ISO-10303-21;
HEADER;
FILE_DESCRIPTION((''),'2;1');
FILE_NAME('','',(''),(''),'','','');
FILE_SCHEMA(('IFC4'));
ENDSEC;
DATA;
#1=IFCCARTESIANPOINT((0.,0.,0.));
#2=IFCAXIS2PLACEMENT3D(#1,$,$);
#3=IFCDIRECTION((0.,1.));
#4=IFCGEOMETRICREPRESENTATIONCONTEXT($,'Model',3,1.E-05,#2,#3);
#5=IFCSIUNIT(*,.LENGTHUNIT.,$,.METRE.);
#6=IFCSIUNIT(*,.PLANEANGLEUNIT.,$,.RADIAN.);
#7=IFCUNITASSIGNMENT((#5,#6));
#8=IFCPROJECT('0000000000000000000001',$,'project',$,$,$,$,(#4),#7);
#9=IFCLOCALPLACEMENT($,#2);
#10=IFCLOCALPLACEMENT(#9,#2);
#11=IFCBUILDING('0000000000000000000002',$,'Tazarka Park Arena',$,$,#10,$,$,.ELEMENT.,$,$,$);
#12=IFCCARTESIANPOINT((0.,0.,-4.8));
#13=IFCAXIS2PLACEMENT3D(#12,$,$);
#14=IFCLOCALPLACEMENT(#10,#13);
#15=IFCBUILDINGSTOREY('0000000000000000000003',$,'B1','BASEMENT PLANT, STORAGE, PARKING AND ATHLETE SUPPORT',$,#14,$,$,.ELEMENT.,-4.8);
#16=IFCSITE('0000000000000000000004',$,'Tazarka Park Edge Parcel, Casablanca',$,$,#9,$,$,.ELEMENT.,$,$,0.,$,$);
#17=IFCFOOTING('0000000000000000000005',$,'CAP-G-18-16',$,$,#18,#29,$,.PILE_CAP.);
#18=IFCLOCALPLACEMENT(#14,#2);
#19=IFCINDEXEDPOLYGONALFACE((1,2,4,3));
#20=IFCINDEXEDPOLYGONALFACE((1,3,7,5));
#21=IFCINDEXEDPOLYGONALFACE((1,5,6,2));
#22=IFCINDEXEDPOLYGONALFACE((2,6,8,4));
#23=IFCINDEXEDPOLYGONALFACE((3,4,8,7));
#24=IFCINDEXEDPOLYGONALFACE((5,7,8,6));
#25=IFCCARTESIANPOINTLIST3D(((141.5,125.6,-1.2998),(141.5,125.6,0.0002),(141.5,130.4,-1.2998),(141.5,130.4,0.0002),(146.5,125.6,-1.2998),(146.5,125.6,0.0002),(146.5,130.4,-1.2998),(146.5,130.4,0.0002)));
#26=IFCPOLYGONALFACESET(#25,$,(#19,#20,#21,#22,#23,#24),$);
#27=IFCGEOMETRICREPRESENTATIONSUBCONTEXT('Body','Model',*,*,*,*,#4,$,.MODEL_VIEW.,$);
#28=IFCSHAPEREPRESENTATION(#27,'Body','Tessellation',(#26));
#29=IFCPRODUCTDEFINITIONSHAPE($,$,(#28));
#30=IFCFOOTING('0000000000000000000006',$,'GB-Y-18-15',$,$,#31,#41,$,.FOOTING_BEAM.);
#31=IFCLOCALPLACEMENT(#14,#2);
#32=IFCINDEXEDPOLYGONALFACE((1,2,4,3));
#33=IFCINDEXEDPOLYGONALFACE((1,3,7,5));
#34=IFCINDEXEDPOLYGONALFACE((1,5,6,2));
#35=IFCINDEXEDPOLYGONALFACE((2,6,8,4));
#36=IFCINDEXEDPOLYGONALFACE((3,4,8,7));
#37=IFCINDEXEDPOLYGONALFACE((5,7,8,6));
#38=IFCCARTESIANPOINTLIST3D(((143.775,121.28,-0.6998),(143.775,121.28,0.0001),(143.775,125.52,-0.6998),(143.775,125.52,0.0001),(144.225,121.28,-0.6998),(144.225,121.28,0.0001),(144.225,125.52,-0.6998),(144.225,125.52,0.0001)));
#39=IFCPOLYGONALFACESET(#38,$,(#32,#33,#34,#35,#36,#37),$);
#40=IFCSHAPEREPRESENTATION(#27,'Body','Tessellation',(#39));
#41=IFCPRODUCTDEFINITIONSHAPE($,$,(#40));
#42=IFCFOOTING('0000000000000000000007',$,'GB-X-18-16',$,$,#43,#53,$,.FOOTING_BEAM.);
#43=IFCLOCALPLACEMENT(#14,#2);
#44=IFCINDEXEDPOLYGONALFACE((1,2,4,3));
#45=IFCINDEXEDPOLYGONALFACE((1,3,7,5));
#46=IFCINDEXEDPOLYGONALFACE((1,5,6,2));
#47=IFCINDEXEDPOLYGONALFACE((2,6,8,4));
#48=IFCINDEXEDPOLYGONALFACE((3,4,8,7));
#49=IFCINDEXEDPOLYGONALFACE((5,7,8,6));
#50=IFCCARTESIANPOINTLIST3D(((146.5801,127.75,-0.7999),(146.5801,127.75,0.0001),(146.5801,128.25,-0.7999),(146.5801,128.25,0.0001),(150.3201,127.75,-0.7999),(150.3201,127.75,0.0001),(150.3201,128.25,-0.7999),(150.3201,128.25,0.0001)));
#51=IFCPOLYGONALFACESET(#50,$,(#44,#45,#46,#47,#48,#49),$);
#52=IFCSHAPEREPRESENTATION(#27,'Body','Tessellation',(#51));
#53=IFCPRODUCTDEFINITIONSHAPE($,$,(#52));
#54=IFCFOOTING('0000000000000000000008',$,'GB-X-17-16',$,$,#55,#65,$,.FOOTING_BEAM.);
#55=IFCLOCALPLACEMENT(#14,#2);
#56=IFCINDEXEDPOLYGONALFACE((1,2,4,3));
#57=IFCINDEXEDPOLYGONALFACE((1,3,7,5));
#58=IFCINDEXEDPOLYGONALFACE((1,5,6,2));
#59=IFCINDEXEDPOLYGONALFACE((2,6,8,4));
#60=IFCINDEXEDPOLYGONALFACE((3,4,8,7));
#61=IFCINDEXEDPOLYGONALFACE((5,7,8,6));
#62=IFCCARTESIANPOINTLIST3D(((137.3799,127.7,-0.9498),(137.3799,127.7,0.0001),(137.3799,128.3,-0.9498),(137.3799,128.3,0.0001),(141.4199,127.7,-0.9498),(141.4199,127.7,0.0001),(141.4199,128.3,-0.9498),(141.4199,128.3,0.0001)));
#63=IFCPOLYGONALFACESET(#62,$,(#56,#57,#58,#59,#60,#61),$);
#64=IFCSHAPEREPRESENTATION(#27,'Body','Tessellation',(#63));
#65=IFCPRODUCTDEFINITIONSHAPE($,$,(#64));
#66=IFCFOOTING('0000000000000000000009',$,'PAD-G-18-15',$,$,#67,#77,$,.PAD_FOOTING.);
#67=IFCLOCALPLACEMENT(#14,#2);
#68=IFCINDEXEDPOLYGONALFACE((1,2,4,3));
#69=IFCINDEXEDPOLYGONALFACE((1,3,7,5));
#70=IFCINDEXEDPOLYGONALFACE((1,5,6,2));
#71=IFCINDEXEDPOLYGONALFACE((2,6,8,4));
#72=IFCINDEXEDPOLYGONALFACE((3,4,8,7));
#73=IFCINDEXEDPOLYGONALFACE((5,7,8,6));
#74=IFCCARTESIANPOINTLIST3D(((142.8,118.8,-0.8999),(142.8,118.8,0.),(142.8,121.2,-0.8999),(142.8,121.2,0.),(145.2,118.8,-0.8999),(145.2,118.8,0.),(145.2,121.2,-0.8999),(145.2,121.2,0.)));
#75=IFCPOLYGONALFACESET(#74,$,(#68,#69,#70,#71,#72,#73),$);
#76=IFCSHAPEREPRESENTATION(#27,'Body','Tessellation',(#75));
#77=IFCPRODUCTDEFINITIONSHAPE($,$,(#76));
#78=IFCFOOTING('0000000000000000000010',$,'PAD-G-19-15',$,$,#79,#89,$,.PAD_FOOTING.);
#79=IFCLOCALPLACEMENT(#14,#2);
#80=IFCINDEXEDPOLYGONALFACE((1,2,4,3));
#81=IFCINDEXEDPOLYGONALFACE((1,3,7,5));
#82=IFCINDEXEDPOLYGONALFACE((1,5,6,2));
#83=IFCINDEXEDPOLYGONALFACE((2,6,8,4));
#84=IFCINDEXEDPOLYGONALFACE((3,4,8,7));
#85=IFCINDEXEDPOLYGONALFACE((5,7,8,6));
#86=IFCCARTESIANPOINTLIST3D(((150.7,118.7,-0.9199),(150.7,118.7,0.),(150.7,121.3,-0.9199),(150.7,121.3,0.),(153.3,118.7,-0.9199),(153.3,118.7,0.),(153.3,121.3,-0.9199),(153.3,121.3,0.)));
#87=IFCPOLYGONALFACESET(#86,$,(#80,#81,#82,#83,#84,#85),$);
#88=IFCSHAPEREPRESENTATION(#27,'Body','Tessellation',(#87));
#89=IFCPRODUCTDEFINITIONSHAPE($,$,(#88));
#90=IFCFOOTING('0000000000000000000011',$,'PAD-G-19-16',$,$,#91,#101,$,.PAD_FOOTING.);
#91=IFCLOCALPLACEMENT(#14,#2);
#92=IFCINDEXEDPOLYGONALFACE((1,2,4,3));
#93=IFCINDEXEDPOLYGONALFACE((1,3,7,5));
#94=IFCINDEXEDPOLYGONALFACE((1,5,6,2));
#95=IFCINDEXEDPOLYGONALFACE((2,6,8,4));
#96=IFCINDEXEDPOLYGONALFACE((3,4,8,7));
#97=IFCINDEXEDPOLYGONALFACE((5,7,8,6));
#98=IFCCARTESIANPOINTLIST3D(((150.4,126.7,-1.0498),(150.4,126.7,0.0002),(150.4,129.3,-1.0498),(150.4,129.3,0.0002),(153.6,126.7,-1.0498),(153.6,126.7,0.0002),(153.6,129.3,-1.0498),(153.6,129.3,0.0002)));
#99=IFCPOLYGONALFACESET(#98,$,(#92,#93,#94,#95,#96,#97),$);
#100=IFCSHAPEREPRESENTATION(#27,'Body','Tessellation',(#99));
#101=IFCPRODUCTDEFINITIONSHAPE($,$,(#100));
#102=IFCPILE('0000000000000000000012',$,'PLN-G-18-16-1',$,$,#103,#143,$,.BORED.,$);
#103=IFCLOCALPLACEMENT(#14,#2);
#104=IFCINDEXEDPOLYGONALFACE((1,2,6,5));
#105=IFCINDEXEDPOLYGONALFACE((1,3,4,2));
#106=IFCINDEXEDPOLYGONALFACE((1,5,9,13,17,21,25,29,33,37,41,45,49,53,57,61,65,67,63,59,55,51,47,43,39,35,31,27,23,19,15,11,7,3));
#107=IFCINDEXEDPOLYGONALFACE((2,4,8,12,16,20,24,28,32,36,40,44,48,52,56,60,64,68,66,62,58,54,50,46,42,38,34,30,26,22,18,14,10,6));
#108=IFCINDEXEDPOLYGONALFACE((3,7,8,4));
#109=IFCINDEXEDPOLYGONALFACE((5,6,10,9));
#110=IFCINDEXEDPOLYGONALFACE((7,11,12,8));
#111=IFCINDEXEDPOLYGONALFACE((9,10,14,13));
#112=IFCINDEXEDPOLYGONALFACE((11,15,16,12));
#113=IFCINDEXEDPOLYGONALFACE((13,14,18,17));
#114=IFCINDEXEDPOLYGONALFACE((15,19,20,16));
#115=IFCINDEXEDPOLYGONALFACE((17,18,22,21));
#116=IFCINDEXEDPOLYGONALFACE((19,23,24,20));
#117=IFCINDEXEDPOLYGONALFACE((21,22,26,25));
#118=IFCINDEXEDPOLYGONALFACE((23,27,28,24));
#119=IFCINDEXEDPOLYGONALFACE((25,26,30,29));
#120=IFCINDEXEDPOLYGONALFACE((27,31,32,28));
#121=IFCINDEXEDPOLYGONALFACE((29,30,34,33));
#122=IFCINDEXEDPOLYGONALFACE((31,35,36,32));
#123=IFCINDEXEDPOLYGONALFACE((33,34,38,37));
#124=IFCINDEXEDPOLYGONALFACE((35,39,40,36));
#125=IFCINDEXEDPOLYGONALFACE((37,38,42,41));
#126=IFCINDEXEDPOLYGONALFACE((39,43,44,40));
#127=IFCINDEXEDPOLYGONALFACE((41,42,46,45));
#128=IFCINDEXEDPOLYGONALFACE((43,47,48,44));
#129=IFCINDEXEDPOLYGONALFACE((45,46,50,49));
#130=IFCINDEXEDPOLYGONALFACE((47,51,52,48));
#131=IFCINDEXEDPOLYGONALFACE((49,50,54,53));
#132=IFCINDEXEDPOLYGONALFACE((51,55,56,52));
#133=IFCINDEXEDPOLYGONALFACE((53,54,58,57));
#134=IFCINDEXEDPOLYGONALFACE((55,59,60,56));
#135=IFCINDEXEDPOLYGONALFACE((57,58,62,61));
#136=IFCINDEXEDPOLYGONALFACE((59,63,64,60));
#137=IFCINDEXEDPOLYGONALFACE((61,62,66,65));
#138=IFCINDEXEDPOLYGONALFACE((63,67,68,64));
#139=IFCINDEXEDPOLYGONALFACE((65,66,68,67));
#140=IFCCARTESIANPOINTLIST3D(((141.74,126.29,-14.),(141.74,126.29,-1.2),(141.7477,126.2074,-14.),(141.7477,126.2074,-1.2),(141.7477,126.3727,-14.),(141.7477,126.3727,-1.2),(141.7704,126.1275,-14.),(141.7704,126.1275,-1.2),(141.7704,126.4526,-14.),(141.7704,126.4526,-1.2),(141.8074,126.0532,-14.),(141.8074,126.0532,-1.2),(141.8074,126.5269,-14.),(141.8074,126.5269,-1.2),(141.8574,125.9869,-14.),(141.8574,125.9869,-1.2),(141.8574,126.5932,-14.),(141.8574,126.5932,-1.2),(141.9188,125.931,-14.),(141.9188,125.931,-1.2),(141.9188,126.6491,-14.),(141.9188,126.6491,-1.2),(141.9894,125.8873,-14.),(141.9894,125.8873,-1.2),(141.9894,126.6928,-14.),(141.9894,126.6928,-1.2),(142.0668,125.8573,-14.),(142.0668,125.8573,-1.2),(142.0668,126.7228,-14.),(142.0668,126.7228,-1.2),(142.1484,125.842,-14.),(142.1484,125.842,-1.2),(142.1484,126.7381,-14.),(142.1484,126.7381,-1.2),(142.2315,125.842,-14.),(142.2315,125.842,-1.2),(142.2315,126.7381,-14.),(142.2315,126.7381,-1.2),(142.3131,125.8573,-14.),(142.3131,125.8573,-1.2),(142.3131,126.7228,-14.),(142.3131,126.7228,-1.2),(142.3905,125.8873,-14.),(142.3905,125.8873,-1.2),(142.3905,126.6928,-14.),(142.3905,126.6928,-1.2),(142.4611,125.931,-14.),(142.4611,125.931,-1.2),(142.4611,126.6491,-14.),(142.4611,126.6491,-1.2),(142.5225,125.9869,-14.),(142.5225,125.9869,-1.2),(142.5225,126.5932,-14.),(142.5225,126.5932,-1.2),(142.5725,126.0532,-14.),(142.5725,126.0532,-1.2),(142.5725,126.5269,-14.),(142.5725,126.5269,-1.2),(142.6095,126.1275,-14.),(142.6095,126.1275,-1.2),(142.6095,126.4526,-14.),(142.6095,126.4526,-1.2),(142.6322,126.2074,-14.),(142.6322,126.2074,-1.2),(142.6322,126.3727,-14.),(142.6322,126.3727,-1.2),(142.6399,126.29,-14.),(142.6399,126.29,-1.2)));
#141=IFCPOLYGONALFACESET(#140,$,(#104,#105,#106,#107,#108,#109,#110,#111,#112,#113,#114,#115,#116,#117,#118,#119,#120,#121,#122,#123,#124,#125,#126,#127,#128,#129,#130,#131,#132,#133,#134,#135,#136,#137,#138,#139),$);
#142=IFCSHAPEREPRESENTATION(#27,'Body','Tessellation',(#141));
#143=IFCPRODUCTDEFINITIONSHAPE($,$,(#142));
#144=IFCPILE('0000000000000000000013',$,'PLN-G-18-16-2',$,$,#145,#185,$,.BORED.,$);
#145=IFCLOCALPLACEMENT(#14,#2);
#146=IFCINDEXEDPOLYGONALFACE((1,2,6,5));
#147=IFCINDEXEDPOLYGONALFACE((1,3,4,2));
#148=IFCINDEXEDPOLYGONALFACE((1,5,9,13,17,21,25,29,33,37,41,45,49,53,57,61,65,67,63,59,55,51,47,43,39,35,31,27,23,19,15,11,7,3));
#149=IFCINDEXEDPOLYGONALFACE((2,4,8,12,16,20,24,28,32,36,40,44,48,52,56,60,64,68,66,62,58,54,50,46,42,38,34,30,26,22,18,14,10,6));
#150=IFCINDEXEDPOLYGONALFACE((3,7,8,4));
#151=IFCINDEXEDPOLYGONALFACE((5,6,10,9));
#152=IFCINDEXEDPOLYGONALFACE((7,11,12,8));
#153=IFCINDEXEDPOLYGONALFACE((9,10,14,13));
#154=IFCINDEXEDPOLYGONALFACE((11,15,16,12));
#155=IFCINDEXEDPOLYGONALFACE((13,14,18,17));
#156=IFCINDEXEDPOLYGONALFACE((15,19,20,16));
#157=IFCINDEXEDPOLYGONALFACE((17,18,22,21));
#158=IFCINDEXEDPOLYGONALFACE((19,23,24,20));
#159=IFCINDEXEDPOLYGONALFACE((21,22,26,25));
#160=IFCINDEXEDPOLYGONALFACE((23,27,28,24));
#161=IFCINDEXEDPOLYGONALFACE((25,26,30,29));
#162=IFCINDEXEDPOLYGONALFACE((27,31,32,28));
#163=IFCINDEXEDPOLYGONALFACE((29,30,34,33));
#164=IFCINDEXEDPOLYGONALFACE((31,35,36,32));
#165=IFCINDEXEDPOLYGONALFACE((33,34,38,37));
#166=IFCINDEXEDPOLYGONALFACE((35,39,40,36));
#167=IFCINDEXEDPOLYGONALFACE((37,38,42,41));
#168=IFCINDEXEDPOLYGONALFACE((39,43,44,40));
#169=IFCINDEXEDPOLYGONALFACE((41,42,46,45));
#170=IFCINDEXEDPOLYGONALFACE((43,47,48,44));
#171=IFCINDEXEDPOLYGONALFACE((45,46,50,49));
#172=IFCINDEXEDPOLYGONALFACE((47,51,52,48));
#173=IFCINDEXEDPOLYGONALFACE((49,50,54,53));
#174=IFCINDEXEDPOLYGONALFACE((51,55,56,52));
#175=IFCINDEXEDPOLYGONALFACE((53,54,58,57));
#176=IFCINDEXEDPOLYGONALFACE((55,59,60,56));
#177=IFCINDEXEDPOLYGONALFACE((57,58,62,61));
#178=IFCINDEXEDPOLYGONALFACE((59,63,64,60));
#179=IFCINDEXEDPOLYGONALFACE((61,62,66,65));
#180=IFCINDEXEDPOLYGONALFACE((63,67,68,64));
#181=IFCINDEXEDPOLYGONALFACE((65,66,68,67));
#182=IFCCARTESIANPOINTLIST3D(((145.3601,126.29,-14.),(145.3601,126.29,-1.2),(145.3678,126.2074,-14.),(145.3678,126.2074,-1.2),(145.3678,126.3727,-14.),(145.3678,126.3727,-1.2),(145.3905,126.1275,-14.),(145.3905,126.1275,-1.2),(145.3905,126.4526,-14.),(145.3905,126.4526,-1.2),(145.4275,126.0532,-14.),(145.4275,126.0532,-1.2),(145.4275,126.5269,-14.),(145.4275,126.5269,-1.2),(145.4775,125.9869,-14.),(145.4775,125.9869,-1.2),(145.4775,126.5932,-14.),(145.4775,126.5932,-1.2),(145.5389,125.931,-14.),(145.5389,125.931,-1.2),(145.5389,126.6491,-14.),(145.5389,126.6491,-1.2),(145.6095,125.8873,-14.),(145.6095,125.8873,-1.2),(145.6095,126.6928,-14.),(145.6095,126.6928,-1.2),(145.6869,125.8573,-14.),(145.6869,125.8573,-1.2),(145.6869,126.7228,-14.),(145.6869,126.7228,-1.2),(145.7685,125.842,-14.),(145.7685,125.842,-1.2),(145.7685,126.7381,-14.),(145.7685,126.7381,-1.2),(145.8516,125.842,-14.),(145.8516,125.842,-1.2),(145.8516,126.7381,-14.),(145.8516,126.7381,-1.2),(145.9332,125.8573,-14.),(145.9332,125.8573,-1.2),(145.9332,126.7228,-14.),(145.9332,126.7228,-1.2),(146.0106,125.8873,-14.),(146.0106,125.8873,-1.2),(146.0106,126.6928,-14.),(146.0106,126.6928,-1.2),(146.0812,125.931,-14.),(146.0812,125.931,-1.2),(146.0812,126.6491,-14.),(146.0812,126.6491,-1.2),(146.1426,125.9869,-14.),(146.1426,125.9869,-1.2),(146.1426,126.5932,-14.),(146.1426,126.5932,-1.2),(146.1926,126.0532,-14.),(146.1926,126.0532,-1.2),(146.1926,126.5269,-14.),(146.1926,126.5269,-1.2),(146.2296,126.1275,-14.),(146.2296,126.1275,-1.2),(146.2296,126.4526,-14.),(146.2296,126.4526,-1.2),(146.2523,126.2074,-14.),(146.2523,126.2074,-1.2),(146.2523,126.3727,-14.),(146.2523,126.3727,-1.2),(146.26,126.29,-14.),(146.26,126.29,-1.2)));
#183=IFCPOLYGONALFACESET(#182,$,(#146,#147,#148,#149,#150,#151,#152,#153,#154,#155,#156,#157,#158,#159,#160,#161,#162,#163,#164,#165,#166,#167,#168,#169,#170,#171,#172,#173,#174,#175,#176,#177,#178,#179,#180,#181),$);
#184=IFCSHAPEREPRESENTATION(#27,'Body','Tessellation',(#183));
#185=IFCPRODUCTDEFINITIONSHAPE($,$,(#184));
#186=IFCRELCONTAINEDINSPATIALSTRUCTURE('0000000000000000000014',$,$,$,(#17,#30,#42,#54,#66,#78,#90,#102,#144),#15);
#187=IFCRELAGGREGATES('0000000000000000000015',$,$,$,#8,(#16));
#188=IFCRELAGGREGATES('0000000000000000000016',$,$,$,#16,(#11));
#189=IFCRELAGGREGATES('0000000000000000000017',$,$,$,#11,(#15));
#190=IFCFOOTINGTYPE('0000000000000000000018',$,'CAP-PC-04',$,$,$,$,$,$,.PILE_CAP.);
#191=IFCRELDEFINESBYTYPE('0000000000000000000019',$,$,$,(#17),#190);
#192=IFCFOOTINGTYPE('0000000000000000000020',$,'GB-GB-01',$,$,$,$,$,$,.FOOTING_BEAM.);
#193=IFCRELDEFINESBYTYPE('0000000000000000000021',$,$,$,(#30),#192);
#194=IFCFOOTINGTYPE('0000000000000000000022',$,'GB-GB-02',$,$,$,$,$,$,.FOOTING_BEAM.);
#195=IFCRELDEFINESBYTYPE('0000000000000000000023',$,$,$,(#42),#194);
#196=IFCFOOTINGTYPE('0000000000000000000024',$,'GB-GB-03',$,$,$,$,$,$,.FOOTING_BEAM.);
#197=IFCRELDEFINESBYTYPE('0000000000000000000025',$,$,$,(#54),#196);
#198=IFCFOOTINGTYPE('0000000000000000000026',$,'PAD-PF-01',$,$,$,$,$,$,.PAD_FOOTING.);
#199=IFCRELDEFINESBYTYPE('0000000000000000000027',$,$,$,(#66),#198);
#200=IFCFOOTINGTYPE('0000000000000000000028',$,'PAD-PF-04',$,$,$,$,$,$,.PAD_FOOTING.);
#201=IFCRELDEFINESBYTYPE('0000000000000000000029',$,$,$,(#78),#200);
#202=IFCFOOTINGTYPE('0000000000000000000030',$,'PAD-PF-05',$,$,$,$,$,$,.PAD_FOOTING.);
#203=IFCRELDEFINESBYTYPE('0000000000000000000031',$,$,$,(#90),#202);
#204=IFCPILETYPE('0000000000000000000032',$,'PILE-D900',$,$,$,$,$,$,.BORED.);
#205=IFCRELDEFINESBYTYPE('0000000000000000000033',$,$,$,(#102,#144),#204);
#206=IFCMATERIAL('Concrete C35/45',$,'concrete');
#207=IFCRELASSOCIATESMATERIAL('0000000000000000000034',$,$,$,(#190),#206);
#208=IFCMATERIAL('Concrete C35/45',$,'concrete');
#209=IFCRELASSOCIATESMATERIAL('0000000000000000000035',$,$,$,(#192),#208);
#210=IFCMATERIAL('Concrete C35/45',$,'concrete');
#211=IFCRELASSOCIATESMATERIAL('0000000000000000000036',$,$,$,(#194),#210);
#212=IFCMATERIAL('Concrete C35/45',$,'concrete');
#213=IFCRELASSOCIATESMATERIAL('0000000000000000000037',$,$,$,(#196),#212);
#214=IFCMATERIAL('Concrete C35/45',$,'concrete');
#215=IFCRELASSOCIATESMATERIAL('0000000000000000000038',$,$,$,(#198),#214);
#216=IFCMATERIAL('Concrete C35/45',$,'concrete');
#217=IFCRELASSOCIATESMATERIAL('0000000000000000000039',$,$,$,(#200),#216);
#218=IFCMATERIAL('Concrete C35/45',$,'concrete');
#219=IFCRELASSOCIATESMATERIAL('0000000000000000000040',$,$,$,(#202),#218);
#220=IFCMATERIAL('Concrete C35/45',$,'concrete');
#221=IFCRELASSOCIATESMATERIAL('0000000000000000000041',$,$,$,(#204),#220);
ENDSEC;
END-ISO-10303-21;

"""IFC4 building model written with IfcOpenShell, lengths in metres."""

from ifc_helpers import new_model, si_unit, direction, frame, origin, origin_2d, place, context, subcontext, project, spatial, rectangle, circle, extrude, material, material_profile, profile_set, type_object, element, save


model = new_model("IFC4")

# Units and contexts
model_context = context("Model", 3, precision=1e-05, world=origin(), true_north=direction((0.0, 1.0)))
body_context = subcontext(model_context, "Body", "Model", "MODEL_VIEW")
ifc_project = project(units=[si_unit("LENGTHUNIT", "METRE"), si_unit("PLANEANGLEUNIT", "RADIAN")], contexts=[model_context])

# Site, building, storey
site_placement = place(None, origin())
site = spatial("IfcSite", under=ifc_project, at=site_placement, Name="Tazarka Park Edge Parcel, Casablanca", CompositionType="ELEMENT", RefElevation=0.0)
building_placement = place(site_placement, origin())
building = spatial("IfcBuilding", under=site, at=building_placement, Name="Tazarka Park Arena", CompositionType="ELEMENT")
storey_placement = place(building_placement, frame((0.0, 0.0, -4.8)))
storey = spatial("IfcBuildingStorey", under=building, at=storey_placement, Name="B1", Description="BASEMENT PLANT, STORAGE, PARKING AND ATHLETE SUPPORT", CompositionType="ELEMENT", Elevation=-4.8)

# Footings
ifc_material_1 = material(Name="Concrete C35/45", Category="concrete")
footing_type_1 = type_object("IfcFootingType", Name="CAP-PC-04", PredefinedType="PILE_CAP", material=ifc_material_1)
footing_1_placement = place(storey_placement, frame((144.0, 128.0, -1.2998), z_axis=(0.0, 0.0, 1.0), x_axis=(1.0, 0.0, 0.0)))
element("IfcFooting", 1, at=footing_1_placement, inside=storey, type_object=footing_type_1, Name="CAP-G-18-16", PredefinedType="PILE_CAP", context=body_context, shape_type="SweptSolid", body=[
    extrude(rectangle(XDim=5.0, YDim=4.8, at=origin_2d()), origin(), (0.0, 0.0, 1.0), 1.3),
])
ifc_material_2 = material(Name="Concrete C35/45", Category="concrete")
ifc_material_profile_1 = material_profile(ifc_material_2, rectangle(XDim=0.45, YDim=0.7, at=origin_2d()), Name="Concrete C35/45")
ifc_profile_set_1 = profile_set([ifc_material_profile_1], Name="Concrete C35/45")
footing_type_2 = type_object("IfcFootingType", Name="GB-GB-01", PredefinedType="FOOTING_BEAM", material=ifc_profile_set_1)
footing_2_placement = place(storey_placement, frame((144.0, 121.28, -0.3499), z_axis=(0.0, 1.0, 0.0), x_axis=(-1.0, 0.0, 0.0)))
element("IfcFooting", 2, at=footing_2_placement, inside=storey, type_object=footing_type_2, Name="GB-Y-18-15", PredefinedType="FOOTING_BEAM", context=body_context, shape_type="SweptSolid", body=[
    extrude(rectangle(XDim=0.45, YDim=0.7, at=origin_2d()), origin(), (0.0, 0.0, 1.0), 4.24),
])
ifc_material_3 = material(Name="Concrete C35/45", Category="concrete")
ifc_material_profile_2 = material_profile(ifc_material_3, rectangle(XDim=0.5, YDim=0.8, at=origin_2d()), Name="Concrete C35/45")
ifc_profile_set_2 = profile_set([ifc_material_profile_2], Name="Concrete C35/45")
footing_type_3 = type_object("IfcFootingType", Name="GB-GB-02", PredefinedType="FOOTING_BEAM", material=ifc_profile_set_2)
footing_3_placement = place(storey_placement, frame((146.5801, 128.0, -0.3999), z_axis=(1.0, 0.0, 0.0), x_axis=(0.0, 1.0, 0.0)))
element("IfcFooting", 3, at=footing_3_placement, inside=storey, type_object=footing_type_3, Name="GB-X-18-16", PredefinedType="FOOTING_BEAM", context=body_context, shape_type="SweptSolid", body=[
    extrude(rectangle(XDim=0.5, YDim=0.8, at=origin_2d()), origin(), (0.0, 0.0, 1.0), 3.74),
])
ifc_material_4 = material(Name="Concrete C35/45", Category="concrete")
ifc_material_profile_3 = material_profile(ifc_material_4, rectangle(XDim=0.6001, YDim=0.95, at=origin_2d()), Name="Concrete C35/45")
ifc_profile_set_3 = profile_set([ifc_material_profile_3], Name="Concrete C35/45")
footing_type_4 = type_object("IfcFootingType", Name="GB-GB-03", PredefinedType="FOOTING_BEAM", material=ifc_profile_set_3)
footing_4_placement = place(storey_placement, frame((137.3799, 128.0, -0.4749), z_axis=(1.0, 0.0, 0.0), x_axis=(0.0, 1.0, 0.0)))
element("IfcFooting", 4, at=footing_4_placement, inside=storey, type_object=footing_type_4, Name="GB-X-17-16", PredefinedType="FOOTING_BEAM", context=body_context, shape_type="SweptSolid", body=[
    extrude(rectangle(XDim=0.6001, YDim=0.95, at=origin_2d()), origin(), (0.0, 0.0, 1.0), 4.04),
])
ifc_material_5 = material(Name="Concrete C35/45", Category="concrete")
footing_type_5 = type_object("IfcFootingType", Name="PAD-PF-01", PredefinedType="PAD_FOOTING", material=ifc_material_5)
footing_5_placement = place(storey_placement, frame((144.0, 120.0, -0.8999), z_axis=(0.0, 0.0, 1.0), x_axis=(1.0, 0.0, 0.0)))
element("IfcFooting", 5, at=footing_5_placement, inside=storey, type_object=footing_type_5, Name="PAD-G-18-15", PredefinedType="PAD_FOOTING", context=body_context, shape_type="SweptSolid", body=[
    extrude(rectangle(XDim=2.3999, YDim=2.3999, at=origin_2d()), origin(), (0.0, 0.0, 1.0), 0.8999),
])
ifc_material_6 = material(Name="Concrete C35/45", Category="concrete")
footing_type_6 = type_object("IfcFootingType", Name="PAD-PF-04", PredefinedType="PAD_FOOTING", material=ifc_material_6)
footing_6_placement = place(storey_placement, frame((152.0, 120.0, -0.9199), z_axis=(0.0, 0.0, 1.0), x_axis=(1.0, 0.0, 0.0)))
element("IfcFooting", 6, at=footing_6_placement, inside=storey, type_object=footing_type_6, Name="PAD-G-19-15", PredefinedType="PAD_FOOTING", context=body_context, shape_type="SweptSolid", body=[
    extrude(rectangle(XDim=2.6001, YDim=2.6001, at=origin_2d()), origin(), (0.0, 0.0, 1.0), 0.9199),
])
ifc_material_7 = material(Name="Concrete C35/45", Category="concrete")
footing_type_7 = type_object("IfcFootingType", Name="PAD-PF-05", PredefinedType="PAD_FOOTING", material=ifc_material_7)
footing_7_placement = place(storey_placement, frame((152.0, 128.0, -1.0498), z_axis=(0.0, 0.0, 1.0), x_axis=(1.0, 0.0, 0.0)))
element("IfcFooting", 7, at=footing_7_placement, inside=storey, type_object=footing_type_7, Name="PAD-G-19-16", PredefinedType="PAD_FOOTING", context=body_context, shape_type="SweptSolid", body=[
    extrude(rectangle(XDim=3.2, YDim=2.6001, at=origin_2d()), origin(), (0.0, 0.0, 1.0), 1.05),
])

# Piles
ifc_material_8 = material(Name="Concrete C35/45", Category="concrete")
ifc_material_profile_4 = material_profile(ifc_material_8, circle(Radius=0.45, at=origin_2d()), Name="Concrete C35/45")
ifc_profile_set_4 = profile_set([ifc_material_profile_4], Name="Concrete C35/45")
pile_type = type_object("IfcPileType", Name="PILE-D900", PredefinedType="BORED", material=ifc_profile_set_4)
for number, where, z_axis, x_axis, name in (
    (8, (142.1899, 126.29, -1.2), (0.0, 0.0, -1.0), (1.0, 0.0, 0.0), "PLN-G-18-16-1"),
    (9, (145.8101, 126.29, -1.2), (0.0, 0.0, -1.0), (1.0, 0.0, 0.0), "PLN-G-18-16-2"),
):
    element("IfcPile", number, at=place(storey_placement, frame(where, z_axis=z_axis, x_axis=x_axis)), inside=storey, type_object=pile_type, Name=name, PredefinedType="BORED", context=body_context, shape_type="SweptSolid", body=[
        extrude(circle(Radius=0.45, at=origin_2d()), origin(), (0.0, 0.0, 1.0), 12.8),
    ])

save(model, "model.ifc")
